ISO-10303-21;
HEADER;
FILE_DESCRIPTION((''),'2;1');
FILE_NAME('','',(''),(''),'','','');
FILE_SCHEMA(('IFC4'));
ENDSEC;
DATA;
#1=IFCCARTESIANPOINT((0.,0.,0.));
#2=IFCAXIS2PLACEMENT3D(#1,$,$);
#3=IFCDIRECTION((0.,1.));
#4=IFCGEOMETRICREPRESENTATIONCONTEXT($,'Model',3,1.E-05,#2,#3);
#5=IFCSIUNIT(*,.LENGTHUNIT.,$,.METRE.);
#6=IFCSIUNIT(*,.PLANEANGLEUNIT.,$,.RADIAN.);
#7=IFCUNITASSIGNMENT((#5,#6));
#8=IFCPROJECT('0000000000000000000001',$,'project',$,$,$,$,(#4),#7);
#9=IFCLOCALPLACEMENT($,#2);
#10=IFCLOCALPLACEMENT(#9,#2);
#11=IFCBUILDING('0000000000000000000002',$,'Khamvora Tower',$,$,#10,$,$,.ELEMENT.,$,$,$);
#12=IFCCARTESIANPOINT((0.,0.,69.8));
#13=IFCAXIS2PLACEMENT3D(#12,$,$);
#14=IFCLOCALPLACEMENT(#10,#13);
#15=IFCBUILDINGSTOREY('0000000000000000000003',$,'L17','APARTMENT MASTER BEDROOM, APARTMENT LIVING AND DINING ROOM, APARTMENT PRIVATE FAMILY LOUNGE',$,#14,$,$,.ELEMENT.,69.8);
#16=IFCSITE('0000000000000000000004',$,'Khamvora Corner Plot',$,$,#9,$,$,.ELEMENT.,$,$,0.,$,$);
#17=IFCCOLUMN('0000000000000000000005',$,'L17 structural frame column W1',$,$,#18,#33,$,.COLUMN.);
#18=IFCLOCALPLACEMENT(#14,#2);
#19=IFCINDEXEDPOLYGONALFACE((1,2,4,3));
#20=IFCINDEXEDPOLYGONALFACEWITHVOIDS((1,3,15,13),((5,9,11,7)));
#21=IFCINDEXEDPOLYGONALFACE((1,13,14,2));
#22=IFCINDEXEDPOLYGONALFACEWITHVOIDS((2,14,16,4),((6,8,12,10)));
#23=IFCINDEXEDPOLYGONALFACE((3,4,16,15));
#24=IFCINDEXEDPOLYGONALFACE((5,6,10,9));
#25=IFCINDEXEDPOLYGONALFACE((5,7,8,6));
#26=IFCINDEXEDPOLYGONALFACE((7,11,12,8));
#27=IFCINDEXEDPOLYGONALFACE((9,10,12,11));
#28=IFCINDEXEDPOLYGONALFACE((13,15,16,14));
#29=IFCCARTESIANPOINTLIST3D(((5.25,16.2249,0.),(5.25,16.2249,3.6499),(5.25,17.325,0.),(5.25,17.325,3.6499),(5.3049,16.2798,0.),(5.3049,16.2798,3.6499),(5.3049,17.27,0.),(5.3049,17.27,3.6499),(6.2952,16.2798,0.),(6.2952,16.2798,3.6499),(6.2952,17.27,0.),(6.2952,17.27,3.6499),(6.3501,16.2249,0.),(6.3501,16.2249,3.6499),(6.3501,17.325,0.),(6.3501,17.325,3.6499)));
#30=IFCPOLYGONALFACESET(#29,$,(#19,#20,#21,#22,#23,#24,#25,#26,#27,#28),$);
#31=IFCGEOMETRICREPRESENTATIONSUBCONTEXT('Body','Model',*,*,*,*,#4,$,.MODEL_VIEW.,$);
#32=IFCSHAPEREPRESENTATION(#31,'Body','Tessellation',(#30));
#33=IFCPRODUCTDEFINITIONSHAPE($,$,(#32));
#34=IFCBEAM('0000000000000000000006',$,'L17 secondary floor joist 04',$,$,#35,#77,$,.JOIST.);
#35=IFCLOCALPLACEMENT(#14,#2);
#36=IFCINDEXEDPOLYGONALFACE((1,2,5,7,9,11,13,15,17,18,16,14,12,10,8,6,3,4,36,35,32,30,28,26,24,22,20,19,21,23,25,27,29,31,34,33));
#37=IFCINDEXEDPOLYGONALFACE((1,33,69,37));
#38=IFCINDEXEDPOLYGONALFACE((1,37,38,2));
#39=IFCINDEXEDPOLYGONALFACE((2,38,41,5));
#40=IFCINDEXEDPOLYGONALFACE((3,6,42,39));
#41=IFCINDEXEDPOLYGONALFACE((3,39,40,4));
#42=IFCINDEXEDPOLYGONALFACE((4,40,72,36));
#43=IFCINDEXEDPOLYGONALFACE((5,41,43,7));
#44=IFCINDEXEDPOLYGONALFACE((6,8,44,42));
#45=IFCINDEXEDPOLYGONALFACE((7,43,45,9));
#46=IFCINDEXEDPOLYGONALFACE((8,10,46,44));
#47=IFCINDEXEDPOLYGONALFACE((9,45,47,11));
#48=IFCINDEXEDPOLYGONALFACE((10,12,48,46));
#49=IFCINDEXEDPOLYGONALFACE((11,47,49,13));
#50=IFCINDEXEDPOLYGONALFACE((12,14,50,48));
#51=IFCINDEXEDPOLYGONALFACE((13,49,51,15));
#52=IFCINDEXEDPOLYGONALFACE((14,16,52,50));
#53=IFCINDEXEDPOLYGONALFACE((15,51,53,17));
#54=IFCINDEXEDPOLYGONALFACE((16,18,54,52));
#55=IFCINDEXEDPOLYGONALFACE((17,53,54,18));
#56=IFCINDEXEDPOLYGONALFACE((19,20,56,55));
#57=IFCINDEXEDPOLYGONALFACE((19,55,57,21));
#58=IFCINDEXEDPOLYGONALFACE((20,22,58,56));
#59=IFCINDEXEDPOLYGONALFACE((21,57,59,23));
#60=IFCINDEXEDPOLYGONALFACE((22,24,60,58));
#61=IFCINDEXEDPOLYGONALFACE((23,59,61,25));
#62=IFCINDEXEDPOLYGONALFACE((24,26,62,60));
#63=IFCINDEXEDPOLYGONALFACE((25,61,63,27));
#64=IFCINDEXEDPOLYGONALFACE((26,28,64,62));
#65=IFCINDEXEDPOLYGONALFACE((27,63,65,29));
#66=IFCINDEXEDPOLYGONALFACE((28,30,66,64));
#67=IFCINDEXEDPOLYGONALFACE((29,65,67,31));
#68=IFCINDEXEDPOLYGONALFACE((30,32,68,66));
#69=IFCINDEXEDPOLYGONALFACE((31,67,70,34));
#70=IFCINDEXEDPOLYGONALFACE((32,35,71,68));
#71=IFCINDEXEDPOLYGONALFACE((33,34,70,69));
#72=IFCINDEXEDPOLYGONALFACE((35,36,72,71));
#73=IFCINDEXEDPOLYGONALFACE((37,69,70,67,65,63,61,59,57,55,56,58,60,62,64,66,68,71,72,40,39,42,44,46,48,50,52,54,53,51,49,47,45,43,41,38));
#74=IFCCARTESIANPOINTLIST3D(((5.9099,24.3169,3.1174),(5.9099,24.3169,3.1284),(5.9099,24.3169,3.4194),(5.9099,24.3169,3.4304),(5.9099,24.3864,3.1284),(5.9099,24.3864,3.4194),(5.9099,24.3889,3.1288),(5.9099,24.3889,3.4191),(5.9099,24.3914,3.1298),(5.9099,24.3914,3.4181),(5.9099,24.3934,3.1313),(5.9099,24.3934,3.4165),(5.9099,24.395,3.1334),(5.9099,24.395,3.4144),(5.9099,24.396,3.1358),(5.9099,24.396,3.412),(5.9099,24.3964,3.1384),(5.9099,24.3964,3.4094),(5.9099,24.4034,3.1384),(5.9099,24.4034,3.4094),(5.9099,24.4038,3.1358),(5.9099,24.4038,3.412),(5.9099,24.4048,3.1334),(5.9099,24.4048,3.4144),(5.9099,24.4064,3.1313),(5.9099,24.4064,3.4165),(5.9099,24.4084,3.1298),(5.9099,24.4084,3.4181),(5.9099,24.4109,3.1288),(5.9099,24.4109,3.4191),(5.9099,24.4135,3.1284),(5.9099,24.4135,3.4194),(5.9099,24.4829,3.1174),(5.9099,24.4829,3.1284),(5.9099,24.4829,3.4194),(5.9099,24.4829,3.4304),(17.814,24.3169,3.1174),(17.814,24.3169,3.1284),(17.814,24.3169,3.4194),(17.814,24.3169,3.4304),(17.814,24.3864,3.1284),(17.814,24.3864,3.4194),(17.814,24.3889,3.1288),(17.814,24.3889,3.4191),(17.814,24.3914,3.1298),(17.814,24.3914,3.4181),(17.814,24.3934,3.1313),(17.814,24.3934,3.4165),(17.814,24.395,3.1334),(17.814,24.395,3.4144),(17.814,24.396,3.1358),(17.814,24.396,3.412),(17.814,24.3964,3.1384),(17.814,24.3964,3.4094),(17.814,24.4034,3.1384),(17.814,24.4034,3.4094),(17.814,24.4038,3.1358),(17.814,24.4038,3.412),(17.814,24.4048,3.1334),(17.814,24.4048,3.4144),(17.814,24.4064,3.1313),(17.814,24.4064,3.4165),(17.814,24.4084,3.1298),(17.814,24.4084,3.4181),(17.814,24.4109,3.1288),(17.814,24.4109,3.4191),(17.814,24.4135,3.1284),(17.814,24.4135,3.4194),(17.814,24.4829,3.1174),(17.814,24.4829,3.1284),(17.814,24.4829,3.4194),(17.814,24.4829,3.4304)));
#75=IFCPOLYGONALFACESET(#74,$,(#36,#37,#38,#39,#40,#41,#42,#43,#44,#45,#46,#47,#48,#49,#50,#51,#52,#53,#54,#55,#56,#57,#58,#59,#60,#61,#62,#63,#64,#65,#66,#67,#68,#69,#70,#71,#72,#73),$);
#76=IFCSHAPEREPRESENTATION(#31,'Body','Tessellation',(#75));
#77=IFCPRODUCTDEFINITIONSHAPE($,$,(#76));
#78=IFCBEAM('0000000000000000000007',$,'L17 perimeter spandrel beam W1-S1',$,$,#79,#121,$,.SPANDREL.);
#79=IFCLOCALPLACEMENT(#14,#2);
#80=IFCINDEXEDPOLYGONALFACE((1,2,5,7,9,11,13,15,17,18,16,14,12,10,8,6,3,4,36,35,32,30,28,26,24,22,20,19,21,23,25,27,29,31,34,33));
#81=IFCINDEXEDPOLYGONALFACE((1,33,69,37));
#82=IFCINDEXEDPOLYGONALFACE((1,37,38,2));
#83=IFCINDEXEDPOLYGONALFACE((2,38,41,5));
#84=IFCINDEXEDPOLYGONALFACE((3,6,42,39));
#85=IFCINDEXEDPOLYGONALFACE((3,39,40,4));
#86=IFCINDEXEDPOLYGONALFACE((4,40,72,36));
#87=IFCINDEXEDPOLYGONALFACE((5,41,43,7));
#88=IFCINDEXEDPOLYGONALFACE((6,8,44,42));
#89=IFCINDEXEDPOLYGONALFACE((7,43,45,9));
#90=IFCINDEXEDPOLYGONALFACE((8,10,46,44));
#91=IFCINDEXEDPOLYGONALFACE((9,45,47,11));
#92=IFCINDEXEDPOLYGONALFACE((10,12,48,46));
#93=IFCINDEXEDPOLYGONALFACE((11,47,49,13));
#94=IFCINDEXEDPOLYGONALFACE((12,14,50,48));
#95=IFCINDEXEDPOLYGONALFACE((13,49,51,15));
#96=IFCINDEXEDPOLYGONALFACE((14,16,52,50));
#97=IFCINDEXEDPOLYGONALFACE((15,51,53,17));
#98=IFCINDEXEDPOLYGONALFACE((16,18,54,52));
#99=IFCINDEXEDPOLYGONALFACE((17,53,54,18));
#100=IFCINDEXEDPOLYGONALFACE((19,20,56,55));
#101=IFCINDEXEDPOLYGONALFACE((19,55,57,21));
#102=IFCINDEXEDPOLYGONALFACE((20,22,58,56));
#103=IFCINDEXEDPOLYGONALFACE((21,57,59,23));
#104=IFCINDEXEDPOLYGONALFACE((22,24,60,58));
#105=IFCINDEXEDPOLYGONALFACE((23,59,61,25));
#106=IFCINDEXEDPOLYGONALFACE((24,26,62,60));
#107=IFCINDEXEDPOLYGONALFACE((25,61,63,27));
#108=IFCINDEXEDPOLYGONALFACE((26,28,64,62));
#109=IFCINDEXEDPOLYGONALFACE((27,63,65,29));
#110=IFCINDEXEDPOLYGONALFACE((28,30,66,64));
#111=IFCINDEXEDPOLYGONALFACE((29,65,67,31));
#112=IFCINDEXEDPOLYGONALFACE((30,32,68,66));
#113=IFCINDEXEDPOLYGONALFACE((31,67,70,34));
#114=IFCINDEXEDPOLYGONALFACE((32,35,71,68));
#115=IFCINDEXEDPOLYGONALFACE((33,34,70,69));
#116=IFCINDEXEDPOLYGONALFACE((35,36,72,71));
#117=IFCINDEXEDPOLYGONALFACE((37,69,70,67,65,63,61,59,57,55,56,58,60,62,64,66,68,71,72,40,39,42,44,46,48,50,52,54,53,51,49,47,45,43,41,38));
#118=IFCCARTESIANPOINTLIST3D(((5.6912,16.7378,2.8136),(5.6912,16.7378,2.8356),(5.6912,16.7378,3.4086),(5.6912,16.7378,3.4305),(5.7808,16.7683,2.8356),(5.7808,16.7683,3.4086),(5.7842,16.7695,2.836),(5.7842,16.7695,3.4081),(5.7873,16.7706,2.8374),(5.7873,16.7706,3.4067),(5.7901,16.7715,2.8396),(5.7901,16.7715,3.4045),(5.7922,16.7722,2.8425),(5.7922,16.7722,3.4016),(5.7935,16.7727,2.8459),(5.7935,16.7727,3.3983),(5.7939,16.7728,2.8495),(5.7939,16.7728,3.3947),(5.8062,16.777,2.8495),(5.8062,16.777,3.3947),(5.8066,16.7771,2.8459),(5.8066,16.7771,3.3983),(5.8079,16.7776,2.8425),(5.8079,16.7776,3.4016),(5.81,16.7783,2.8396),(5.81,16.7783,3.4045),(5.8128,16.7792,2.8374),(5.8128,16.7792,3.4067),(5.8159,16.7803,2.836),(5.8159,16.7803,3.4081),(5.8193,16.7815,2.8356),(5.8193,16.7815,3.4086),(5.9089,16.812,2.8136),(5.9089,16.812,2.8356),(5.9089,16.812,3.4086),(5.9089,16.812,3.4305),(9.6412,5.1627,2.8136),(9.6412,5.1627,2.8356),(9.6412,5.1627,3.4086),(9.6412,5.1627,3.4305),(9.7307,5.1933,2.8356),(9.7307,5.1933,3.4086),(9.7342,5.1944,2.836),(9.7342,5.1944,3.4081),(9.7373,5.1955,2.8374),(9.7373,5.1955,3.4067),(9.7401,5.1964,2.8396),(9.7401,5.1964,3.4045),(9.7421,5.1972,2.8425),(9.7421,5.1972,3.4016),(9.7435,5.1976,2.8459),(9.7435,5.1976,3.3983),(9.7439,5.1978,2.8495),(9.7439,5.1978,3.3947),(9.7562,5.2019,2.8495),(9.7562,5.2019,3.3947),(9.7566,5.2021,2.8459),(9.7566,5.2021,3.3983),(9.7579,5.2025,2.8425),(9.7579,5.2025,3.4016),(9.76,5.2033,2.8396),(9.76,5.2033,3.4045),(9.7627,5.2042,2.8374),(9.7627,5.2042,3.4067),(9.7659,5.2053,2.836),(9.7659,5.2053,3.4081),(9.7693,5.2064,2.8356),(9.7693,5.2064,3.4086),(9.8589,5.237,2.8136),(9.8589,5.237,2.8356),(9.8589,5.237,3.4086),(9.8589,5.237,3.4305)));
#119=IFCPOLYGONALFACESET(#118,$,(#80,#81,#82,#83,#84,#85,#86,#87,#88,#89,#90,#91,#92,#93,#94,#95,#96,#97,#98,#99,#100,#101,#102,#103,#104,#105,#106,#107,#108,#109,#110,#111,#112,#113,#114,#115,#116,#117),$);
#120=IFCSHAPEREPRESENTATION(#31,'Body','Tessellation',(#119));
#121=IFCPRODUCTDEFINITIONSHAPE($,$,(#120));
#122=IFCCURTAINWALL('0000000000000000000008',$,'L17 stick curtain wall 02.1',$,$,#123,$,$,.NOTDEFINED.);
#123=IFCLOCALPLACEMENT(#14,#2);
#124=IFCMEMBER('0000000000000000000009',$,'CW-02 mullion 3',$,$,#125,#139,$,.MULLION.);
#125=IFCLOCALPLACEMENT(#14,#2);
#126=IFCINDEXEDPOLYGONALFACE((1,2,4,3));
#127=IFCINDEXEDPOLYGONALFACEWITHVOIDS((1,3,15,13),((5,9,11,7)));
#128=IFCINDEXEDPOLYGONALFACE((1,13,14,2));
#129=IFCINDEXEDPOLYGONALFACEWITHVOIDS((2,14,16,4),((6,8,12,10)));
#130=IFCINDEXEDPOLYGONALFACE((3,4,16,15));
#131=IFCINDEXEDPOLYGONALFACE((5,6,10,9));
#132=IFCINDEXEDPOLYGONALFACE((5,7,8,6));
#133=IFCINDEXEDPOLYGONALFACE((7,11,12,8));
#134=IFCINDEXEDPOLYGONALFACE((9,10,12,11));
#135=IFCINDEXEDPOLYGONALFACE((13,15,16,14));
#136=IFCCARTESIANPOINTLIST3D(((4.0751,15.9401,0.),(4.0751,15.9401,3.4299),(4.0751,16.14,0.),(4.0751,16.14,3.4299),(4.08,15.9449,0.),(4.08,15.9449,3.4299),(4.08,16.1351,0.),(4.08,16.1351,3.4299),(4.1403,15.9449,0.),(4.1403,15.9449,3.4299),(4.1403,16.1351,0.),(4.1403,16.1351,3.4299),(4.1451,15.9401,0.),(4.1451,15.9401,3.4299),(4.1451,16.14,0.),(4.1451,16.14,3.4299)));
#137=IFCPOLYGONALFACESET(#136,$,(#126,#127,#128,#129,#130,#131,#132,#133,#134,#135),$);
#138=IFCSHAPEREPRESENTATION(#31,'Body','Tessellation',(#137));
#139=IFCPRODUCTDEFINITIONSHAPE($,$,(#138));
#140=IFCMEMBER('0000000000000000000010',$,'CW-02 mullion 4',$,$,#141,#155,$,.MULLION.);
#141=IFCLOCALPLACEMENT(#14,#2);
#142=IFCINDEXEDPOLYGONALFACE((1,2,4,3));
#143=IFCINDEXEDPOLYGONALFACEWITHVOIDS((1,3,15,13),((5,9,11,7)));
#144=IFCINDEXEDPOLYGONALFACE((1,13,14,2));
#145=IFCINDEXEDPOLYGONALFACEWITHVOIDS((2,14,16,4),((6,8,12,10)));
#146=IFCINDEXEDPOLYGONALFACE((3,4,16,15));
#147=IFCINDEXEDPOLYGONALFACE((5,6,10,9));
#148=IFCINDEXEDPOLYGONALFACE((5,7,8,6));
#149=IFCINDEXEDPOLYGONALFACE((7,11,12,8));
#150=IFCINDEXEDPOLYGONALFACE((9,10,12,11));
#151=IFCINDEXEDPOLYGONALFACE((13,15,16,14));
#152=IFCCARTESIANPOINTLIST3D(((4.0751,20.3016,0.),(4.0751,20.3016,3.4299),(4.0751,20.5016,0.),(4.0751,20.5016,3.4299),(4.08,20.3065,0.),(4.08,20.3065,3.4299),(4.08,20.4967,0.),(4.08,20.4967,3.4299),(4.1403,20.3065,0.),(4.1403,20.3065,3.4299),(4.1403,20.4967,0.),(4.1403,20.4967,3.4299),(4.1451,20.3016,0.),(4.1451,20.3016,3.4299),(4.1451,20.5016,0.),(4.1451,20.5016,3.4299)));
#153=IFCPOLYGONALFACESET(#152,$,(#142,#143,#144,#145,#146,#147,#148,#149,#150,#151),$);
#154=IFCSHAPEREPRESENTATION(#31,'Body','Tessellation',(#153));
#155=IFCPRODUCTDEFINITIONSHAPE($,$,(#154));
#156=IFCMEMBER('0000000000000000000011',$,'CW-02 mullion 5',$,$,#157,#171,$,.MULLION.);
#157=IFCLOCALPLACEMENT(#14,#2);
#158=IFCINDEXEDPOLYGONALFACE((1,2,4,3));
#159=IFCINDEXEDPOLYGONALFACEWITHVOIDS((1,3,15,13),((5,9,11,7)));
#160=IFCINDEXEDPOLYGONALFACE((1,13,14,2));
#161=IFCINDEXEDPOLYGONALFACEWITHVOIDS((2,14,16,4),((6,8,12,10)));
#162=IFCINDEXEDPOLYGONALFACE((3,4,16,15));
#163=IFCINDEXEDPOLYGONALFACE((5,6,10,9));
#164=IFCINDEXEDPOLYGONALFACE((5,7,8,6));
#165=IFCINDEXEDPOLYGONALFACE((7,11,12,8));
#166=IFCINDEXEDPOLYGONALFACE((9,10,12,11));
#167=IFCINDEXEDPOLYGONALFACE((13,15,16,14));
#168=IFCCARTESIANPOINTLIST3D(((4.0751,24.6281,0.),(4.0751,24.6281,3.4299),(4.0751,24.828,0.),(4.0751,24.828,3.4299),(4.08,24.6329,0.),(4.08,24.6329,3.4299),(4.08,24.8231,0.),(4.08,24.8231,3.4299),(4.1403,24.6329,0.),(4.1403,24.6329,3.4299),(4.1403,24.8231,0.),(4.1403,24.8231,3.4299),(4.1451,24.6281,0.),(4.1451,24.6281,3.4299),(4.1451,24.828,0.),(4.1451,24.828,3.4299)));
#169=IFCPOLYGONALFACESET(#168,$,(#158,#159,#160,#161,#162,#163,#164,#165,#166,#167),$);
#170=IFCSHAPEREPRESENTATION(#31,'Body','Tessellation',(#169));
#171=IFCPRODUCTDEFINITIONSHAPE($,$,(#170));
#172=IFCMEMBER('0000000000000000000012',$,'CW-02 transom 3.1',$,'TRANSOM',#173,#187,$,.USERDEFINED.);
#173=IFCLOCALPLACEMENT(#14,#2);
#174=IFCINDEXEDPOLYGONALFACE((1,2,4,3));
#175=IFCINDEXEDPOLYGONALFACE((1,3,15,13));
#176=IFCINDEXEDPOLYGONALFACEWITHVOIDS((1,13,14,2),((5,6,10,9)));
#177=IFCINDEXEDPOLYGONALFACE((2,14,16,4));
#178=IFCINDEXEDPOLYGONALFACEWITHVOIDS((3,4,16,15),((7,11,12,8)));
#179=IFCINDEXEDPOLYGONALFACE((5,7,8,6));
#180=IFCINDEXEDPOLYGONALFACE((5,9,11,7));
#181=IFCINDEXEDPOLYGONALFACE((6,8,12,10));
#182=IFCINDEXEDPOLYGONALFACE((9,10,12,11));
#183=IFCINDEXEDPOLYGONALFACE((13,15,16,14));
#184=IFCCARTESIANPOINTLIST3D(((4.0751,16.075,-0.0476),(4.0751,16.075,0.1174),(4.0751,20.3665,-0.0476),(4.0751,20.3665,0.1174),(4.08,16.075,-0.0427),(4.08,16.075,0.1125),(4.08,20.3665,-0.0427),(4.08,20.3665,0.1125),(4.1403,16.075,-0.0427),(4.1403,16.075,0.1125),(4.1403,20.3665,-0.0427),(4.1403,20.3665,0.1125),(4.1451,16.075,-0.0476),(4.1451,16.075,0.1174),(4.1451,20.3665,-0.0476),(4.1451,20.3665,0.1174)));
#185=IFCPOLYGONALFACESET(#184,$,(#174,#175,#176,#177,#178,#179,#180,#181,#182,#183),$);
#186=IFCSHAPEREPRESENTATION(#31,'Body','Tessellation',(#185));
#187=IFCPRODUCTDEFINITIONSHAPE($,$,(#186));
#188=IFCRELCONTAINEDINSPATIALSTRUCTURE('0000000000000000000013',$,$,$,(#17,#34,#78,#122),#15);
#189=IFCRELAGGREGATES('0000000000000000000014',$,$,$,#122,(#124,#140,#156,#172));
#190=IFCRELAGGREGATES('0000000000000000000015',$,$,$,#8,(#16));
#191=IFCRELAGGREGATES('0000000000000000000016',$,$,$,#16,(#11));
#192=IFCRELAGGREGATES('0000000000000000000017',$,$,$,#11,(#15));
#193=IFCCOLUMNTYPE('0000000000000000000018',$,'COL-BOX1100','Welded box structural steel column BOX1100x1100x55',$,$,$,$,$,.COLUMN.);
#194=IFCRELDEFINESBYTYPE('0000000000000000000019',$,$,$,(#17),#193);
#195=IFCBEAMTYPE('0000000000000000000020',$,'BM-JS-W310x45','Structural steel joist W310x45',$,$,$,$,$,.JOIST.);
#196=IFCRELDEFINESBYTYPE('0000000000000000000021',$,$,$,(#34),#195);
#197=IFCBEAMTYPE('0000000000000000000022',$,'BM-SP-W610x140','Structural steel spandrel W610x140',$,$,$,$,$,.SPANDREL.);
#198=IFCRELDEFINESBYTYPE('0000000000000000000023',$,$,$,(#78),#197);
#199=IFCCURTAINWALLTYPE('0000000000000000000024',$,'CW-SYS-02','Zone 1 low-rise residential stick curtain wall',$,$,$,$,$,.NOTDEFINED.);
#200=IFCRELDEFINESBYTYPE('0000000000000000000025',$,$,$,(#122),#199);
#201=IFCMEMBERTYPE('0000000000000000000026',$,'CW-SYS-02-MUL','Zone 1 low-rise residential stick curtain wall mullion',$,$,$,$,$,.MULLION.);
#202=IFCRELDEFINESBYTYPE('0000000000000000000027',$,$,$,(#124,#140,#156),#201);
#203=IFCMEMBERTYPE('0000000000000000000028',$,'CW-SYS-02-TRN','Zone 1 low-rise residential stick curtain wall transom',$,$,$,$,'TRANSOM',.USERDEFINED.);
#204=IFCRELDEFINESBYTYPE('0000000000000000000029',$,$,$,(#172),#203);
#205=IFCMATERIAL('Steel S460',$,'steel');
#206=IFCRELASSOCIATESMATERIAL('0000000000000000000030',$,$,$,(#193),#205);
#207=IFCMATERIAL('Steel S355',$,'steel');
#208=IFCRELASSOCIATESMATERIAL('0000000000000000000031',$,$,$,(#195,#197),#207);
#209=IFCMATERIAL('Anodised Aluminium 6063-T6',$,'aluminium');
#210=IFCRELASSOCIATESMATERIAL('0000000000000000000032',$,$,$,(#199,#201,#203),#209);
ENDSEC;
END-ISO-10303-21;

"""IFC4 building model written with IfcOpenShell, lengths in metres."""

from ifc_helpers import new_model, si_unit, direction, frame, origin, origin_2d, place, context, subcontext, project, spatial, hollow_rectangle, i_section, extrude, material, material_profile, profile_set, type_object, element, aggregate, save


model = new_model("IFC4")

# Units and contexts
model_context = context("Model", 3, precision=1e-05, world=origin(), true_north=direction((0.0, 1.0)))
body_context = subcontext(model_context, "Body", "Model", "MODEL_VIEW")
ifc_project = project(units=[si_unit("LENGTHUNIT", "METRE"), si_unit("PLANEANGLEUNIT", "RADIAN")], contexts=[model_context])

# Site, building, storey
site_placement = place(None, origin())
site = spatial("IfcSite", under=ifc_project, at=site_placement, Name="Khamvora Corner Plot", CompositionType="ELEMENT", RefElevation=0.0)
building_placement = place(site_placement, origin())
building = spatial("IfcBuilding", under=site, at=building_placement, Name="Khamvora Tower", CompositionType="ELEMENT")
storey_placement = place(building_placement, frame((0.0, 0.0, 69.8)))
storey = spatial("IfcBuildingStorey", under=building, at=storey_placement, Name="L17", Description="APARTMENT MASTER BEDROOM, APARTMENT LIVING AND DINING ROOM, APARTMENT PRIVATE FAMILY LOUNGE", CompositionType="ELEMENT", Elevation=69.8)

# Column
ifc_material_1 = material(Name="Steel S460", Category="steel")
ifc_material_profile_1 = material_profile(ifc_material_1, hollow_rectangle(XDim=1.1001, YDim=1.1001, WallThickness=0.0549, at=origin_2d()), Name="BOX1100x1100x55")
ifc_profile_set_1 = profile_set([ifc_material_profile_1], Name="Steel S460")
column_type = type_object("IfcColumnType", Name="COL-BOX1100", Description="Welded box structural steel column BOX1100x1100x55", PredefinedType="COLUMN", material=ifc_profile_set_1)
column_placement = place(storey_placement, frame((5.8, 16.7749, 0.0), z_axis=(0.0, 0.0, 1.0), x_axis=(1.0, 0.0, 0.0)))
element("IfcColumn", 1, at=column_placement, inside=storey, type_object=column_type, Name="L17 structural frame column W1", PredefinedType="COLUMN", context=body_context, shape_type="SweptSolid", body=[
    extrude(hollow_rectangle(XDim=1.1001, YDim=1.1001, WallThickness=0.0549, at=origin_2d()), origin(), (0.0, 0.0, 1.0), 3.6499),
])

# Beams
ifc_material_2 = material(Name="Steel S355", Category="steel")
ifc_material_profile_2 = material_profile(ifc_material_2, i_section(OverallWidth=0.166, OverallDepth=0.313, WebThickness=0.0071, FlangeThickness=0.011, FilletRadius=0.01, at=origin_2d()), Name="W310x45")
ifc_profile_set_2 = profile_set([ifc_material_profile_2], Name="Steel S355")
beam_type_1 = type_object("IfcBeamType", Name="BM-JS-W310x45", Description="Structural steel joist W310x45", PredefinedType="JOIST", material=ifc_profile_set_2)
beam_1_placement = place(storey_placement, frame((5.9099, 24.3999, 3.2739), z_axis=(1.0, 0.0, 0.0), x_axis=(0.0, 1.0, 0.0)))
element("IfcBeam", 2, at=beam_1_placement, inside=storey, type_object=beam_type_1, Name="L17 secondary floor joist 04", PredefinedType="JOIST", context=body_context, shape_type="SweptSolid", body=[
    extrude(i_section(OverallWidth=0.166, OverallDepth=0.313, WebThickness=0.0071, FlangeThickness=0.011, FilletRadius=0.01, at=origin_2d()), origin(), (0.0, 0.0, 1.0), 11.9041),
])
ifc_material_profile_3 = material_profile(ifc_material_2, i_section(OverallWidth=0.23, OverallDepth=0.6169, WebThickness=0.0129, FlangeThickness=0.022, FilletRadius=0.0139, at=origin_2d()), Name="W610x140")
ifc_profile_set_3 = profile_set([ifc_material_profile_3], Name="Steel S355")
beam_type_2 = type_object("IfcBeamType", Name="BM-SP-W610x140", Description="Structural steel spandrel W610x140", PredefinedType="SPANDREL", material=ifc_profile_set_3)
beam_2_placement = place(storey_placement, frame((5.8, 16.7749, 3.1221), z_axis=(0.322963, -0.946412, 0.0), x_axis=(0.946412, 0.322963, 0.0)))
element("IfcBeam", 3, at=beam_2_placement, inside=storey, type_object=beam_type_2, Name="L17 perimeter spandrel beam W1-S1", PredefinedType="SPANDREL", context=body_context, shape_type="SweptSolid", body=[
    extrude(i_section(OverallWidth=0.23, OverallDepth=0.6169, WebThickness=0.0129, FlangeThickness=0.022, FilletRadius=0.0139, at=origin_2d()), origin(), (0.0, 0.0, 1.0), 12.2305),
])

# Curtain wall, members
ifc_material_3 = material(Name="Anodised Aluminium 6063-T6", Category="aluminium")
curtain_wall_type = type_object("IfcCurtainWallType", Name="CW-SYS-02", Description="Zone 1 low-rise residential stick curtain wall", PredefinedType="NOTDEFINED", material=ifc_material_3)
curtain_wall_placement = place(storey_placement, origin())
curtain_wall = element("IfcCurtainWall", 4, at=curtain_wall_placement, inside=storey, type_object=curtain_wall_type, Name="L17 stick curtain wall 02.1", PredefinedType="NOTDEFINED")
ifc_material_profile_4 = material_profile(ifc_material_3, hollow_rectangle(XDim=0.0701, YDim=0.2, WallThickness=0.0049, at=origin_2d()), Name="MUL70x200x5")
ifc_profile_set_4 = profile_set([ifc_material_profile_4], Name="Anodised Aluminium 6063-T6")
member_type_1 = type_object("IfcMemberType", Name="CW-SYS-02-MUL", Description="Zone 1 low-rise residential stick curtain wall mullion", PredefinedType="MULLION", material=ifc_profile_set_4)
member_1_placement = place(storey_placement, frame((4.1101, 16.04, 0.0), z_axis=(0.0, 0.0, 1.0), x_axis=(-1.0, 0.0, 0.0)))
member_1 = element("IfcMember", 5, at=member_1_placement, type_object=member_type_1, Name="CW-02 mullion 3", PredefinedType="MULLION", context=body_context, shape_type="SweptSolid", body=[
    extrude(hollow_rectangle(XDim=0.0701, YDim=0.2, WallThickness=0.0049, at=origin_2d()), origin(), (0.0, 0.0, 1.0), 3.4299),
])
member_2_placement = place(storey_placement, frame((4.1101, 20.4016, 0.0), z_axis=(0.0, 0.0, 1.0), x_axis=(-1.0, 0.0, 0.0)))
member_2 = element("IfcMember", 6, at=member_2_placement, type_object=member_type_1, Name="CW-02 mullion 4", PredefinedType="MULLION", context=body_context, shape_type="SweptSolid", body=[
    extrude(hollow_rectangle(XDim=0.0701, YDim=0.2, WallThickness=0.0049, at=origin_2d()), origin(), (0.0, 0.0, 1.0), 3.4299),
])
member_3_placement = place(storey_placement, frame((4.1101, 24.728, 0.0), z_axis=(0.0, 0.0, 1.0), x_axis=(-1.0, 0.0, 0.0)))
member_3 = element("IfcMember", 7, at=member_3_placement, type_object=member_type_1, Name="CW-02 mullion 5", PredefinedType="MULLION", context=body_context, shape_type="SweptSolid", body=[
    extrude(hollow_rectangle(XDim=0.0701, YDim=0.2, WallThickness=0.0049, at=origin_2d()), origin(), (0.0, 0.0, 1.0), 3.4299),
])
ifc_material_profile_5 = material_profile(ifc_material_3, hollow_rectangle(XDim=0.0701, YDim=0.165, WallThickness=0.0049, at=origin_2d()), Name="TRN70x165x5")
ifc_profile_set_5 = profile_set([ifc_material_profile_5], Name="Anodised Aluminium 6063-T6")
member_type_2 = type_object("IfcMemberType", Name="CW-SYS-02-TRN", Description="Zone 1 low-rise residential stick curtain wall transom", ElementType="TRANSOM", PredefinedType="USERDEFINED", material=ifc_profile_set_5)
member_4_placement = place(storey_placement, frame((4.1101, 16.075, 0.0349), z_axis=(0.0, 1.0, 0.0), x_axis=(-1.0, 0.0, 0.0)))
member_4 = element("IfcMember", 8, at=member_4_placement, type_object=member_type_2, Name="CW-02 transom 3.1", ObjectType="TRANSOM", PredefinedType="USERDEFINED", context=body_context, shape_type="SweptSolid", body=[
    extrude(hollow_rectangle(XDim=0.0701, YDim=0.165, WallThickness=0.0049, at=origin_2d()), origin(), (0.0, 0.0, 1.0), 4.2915),
])
aggregate(curtain_wall, [member_1, member_2, member_3, member_4])

save(model, "model.ifc")
